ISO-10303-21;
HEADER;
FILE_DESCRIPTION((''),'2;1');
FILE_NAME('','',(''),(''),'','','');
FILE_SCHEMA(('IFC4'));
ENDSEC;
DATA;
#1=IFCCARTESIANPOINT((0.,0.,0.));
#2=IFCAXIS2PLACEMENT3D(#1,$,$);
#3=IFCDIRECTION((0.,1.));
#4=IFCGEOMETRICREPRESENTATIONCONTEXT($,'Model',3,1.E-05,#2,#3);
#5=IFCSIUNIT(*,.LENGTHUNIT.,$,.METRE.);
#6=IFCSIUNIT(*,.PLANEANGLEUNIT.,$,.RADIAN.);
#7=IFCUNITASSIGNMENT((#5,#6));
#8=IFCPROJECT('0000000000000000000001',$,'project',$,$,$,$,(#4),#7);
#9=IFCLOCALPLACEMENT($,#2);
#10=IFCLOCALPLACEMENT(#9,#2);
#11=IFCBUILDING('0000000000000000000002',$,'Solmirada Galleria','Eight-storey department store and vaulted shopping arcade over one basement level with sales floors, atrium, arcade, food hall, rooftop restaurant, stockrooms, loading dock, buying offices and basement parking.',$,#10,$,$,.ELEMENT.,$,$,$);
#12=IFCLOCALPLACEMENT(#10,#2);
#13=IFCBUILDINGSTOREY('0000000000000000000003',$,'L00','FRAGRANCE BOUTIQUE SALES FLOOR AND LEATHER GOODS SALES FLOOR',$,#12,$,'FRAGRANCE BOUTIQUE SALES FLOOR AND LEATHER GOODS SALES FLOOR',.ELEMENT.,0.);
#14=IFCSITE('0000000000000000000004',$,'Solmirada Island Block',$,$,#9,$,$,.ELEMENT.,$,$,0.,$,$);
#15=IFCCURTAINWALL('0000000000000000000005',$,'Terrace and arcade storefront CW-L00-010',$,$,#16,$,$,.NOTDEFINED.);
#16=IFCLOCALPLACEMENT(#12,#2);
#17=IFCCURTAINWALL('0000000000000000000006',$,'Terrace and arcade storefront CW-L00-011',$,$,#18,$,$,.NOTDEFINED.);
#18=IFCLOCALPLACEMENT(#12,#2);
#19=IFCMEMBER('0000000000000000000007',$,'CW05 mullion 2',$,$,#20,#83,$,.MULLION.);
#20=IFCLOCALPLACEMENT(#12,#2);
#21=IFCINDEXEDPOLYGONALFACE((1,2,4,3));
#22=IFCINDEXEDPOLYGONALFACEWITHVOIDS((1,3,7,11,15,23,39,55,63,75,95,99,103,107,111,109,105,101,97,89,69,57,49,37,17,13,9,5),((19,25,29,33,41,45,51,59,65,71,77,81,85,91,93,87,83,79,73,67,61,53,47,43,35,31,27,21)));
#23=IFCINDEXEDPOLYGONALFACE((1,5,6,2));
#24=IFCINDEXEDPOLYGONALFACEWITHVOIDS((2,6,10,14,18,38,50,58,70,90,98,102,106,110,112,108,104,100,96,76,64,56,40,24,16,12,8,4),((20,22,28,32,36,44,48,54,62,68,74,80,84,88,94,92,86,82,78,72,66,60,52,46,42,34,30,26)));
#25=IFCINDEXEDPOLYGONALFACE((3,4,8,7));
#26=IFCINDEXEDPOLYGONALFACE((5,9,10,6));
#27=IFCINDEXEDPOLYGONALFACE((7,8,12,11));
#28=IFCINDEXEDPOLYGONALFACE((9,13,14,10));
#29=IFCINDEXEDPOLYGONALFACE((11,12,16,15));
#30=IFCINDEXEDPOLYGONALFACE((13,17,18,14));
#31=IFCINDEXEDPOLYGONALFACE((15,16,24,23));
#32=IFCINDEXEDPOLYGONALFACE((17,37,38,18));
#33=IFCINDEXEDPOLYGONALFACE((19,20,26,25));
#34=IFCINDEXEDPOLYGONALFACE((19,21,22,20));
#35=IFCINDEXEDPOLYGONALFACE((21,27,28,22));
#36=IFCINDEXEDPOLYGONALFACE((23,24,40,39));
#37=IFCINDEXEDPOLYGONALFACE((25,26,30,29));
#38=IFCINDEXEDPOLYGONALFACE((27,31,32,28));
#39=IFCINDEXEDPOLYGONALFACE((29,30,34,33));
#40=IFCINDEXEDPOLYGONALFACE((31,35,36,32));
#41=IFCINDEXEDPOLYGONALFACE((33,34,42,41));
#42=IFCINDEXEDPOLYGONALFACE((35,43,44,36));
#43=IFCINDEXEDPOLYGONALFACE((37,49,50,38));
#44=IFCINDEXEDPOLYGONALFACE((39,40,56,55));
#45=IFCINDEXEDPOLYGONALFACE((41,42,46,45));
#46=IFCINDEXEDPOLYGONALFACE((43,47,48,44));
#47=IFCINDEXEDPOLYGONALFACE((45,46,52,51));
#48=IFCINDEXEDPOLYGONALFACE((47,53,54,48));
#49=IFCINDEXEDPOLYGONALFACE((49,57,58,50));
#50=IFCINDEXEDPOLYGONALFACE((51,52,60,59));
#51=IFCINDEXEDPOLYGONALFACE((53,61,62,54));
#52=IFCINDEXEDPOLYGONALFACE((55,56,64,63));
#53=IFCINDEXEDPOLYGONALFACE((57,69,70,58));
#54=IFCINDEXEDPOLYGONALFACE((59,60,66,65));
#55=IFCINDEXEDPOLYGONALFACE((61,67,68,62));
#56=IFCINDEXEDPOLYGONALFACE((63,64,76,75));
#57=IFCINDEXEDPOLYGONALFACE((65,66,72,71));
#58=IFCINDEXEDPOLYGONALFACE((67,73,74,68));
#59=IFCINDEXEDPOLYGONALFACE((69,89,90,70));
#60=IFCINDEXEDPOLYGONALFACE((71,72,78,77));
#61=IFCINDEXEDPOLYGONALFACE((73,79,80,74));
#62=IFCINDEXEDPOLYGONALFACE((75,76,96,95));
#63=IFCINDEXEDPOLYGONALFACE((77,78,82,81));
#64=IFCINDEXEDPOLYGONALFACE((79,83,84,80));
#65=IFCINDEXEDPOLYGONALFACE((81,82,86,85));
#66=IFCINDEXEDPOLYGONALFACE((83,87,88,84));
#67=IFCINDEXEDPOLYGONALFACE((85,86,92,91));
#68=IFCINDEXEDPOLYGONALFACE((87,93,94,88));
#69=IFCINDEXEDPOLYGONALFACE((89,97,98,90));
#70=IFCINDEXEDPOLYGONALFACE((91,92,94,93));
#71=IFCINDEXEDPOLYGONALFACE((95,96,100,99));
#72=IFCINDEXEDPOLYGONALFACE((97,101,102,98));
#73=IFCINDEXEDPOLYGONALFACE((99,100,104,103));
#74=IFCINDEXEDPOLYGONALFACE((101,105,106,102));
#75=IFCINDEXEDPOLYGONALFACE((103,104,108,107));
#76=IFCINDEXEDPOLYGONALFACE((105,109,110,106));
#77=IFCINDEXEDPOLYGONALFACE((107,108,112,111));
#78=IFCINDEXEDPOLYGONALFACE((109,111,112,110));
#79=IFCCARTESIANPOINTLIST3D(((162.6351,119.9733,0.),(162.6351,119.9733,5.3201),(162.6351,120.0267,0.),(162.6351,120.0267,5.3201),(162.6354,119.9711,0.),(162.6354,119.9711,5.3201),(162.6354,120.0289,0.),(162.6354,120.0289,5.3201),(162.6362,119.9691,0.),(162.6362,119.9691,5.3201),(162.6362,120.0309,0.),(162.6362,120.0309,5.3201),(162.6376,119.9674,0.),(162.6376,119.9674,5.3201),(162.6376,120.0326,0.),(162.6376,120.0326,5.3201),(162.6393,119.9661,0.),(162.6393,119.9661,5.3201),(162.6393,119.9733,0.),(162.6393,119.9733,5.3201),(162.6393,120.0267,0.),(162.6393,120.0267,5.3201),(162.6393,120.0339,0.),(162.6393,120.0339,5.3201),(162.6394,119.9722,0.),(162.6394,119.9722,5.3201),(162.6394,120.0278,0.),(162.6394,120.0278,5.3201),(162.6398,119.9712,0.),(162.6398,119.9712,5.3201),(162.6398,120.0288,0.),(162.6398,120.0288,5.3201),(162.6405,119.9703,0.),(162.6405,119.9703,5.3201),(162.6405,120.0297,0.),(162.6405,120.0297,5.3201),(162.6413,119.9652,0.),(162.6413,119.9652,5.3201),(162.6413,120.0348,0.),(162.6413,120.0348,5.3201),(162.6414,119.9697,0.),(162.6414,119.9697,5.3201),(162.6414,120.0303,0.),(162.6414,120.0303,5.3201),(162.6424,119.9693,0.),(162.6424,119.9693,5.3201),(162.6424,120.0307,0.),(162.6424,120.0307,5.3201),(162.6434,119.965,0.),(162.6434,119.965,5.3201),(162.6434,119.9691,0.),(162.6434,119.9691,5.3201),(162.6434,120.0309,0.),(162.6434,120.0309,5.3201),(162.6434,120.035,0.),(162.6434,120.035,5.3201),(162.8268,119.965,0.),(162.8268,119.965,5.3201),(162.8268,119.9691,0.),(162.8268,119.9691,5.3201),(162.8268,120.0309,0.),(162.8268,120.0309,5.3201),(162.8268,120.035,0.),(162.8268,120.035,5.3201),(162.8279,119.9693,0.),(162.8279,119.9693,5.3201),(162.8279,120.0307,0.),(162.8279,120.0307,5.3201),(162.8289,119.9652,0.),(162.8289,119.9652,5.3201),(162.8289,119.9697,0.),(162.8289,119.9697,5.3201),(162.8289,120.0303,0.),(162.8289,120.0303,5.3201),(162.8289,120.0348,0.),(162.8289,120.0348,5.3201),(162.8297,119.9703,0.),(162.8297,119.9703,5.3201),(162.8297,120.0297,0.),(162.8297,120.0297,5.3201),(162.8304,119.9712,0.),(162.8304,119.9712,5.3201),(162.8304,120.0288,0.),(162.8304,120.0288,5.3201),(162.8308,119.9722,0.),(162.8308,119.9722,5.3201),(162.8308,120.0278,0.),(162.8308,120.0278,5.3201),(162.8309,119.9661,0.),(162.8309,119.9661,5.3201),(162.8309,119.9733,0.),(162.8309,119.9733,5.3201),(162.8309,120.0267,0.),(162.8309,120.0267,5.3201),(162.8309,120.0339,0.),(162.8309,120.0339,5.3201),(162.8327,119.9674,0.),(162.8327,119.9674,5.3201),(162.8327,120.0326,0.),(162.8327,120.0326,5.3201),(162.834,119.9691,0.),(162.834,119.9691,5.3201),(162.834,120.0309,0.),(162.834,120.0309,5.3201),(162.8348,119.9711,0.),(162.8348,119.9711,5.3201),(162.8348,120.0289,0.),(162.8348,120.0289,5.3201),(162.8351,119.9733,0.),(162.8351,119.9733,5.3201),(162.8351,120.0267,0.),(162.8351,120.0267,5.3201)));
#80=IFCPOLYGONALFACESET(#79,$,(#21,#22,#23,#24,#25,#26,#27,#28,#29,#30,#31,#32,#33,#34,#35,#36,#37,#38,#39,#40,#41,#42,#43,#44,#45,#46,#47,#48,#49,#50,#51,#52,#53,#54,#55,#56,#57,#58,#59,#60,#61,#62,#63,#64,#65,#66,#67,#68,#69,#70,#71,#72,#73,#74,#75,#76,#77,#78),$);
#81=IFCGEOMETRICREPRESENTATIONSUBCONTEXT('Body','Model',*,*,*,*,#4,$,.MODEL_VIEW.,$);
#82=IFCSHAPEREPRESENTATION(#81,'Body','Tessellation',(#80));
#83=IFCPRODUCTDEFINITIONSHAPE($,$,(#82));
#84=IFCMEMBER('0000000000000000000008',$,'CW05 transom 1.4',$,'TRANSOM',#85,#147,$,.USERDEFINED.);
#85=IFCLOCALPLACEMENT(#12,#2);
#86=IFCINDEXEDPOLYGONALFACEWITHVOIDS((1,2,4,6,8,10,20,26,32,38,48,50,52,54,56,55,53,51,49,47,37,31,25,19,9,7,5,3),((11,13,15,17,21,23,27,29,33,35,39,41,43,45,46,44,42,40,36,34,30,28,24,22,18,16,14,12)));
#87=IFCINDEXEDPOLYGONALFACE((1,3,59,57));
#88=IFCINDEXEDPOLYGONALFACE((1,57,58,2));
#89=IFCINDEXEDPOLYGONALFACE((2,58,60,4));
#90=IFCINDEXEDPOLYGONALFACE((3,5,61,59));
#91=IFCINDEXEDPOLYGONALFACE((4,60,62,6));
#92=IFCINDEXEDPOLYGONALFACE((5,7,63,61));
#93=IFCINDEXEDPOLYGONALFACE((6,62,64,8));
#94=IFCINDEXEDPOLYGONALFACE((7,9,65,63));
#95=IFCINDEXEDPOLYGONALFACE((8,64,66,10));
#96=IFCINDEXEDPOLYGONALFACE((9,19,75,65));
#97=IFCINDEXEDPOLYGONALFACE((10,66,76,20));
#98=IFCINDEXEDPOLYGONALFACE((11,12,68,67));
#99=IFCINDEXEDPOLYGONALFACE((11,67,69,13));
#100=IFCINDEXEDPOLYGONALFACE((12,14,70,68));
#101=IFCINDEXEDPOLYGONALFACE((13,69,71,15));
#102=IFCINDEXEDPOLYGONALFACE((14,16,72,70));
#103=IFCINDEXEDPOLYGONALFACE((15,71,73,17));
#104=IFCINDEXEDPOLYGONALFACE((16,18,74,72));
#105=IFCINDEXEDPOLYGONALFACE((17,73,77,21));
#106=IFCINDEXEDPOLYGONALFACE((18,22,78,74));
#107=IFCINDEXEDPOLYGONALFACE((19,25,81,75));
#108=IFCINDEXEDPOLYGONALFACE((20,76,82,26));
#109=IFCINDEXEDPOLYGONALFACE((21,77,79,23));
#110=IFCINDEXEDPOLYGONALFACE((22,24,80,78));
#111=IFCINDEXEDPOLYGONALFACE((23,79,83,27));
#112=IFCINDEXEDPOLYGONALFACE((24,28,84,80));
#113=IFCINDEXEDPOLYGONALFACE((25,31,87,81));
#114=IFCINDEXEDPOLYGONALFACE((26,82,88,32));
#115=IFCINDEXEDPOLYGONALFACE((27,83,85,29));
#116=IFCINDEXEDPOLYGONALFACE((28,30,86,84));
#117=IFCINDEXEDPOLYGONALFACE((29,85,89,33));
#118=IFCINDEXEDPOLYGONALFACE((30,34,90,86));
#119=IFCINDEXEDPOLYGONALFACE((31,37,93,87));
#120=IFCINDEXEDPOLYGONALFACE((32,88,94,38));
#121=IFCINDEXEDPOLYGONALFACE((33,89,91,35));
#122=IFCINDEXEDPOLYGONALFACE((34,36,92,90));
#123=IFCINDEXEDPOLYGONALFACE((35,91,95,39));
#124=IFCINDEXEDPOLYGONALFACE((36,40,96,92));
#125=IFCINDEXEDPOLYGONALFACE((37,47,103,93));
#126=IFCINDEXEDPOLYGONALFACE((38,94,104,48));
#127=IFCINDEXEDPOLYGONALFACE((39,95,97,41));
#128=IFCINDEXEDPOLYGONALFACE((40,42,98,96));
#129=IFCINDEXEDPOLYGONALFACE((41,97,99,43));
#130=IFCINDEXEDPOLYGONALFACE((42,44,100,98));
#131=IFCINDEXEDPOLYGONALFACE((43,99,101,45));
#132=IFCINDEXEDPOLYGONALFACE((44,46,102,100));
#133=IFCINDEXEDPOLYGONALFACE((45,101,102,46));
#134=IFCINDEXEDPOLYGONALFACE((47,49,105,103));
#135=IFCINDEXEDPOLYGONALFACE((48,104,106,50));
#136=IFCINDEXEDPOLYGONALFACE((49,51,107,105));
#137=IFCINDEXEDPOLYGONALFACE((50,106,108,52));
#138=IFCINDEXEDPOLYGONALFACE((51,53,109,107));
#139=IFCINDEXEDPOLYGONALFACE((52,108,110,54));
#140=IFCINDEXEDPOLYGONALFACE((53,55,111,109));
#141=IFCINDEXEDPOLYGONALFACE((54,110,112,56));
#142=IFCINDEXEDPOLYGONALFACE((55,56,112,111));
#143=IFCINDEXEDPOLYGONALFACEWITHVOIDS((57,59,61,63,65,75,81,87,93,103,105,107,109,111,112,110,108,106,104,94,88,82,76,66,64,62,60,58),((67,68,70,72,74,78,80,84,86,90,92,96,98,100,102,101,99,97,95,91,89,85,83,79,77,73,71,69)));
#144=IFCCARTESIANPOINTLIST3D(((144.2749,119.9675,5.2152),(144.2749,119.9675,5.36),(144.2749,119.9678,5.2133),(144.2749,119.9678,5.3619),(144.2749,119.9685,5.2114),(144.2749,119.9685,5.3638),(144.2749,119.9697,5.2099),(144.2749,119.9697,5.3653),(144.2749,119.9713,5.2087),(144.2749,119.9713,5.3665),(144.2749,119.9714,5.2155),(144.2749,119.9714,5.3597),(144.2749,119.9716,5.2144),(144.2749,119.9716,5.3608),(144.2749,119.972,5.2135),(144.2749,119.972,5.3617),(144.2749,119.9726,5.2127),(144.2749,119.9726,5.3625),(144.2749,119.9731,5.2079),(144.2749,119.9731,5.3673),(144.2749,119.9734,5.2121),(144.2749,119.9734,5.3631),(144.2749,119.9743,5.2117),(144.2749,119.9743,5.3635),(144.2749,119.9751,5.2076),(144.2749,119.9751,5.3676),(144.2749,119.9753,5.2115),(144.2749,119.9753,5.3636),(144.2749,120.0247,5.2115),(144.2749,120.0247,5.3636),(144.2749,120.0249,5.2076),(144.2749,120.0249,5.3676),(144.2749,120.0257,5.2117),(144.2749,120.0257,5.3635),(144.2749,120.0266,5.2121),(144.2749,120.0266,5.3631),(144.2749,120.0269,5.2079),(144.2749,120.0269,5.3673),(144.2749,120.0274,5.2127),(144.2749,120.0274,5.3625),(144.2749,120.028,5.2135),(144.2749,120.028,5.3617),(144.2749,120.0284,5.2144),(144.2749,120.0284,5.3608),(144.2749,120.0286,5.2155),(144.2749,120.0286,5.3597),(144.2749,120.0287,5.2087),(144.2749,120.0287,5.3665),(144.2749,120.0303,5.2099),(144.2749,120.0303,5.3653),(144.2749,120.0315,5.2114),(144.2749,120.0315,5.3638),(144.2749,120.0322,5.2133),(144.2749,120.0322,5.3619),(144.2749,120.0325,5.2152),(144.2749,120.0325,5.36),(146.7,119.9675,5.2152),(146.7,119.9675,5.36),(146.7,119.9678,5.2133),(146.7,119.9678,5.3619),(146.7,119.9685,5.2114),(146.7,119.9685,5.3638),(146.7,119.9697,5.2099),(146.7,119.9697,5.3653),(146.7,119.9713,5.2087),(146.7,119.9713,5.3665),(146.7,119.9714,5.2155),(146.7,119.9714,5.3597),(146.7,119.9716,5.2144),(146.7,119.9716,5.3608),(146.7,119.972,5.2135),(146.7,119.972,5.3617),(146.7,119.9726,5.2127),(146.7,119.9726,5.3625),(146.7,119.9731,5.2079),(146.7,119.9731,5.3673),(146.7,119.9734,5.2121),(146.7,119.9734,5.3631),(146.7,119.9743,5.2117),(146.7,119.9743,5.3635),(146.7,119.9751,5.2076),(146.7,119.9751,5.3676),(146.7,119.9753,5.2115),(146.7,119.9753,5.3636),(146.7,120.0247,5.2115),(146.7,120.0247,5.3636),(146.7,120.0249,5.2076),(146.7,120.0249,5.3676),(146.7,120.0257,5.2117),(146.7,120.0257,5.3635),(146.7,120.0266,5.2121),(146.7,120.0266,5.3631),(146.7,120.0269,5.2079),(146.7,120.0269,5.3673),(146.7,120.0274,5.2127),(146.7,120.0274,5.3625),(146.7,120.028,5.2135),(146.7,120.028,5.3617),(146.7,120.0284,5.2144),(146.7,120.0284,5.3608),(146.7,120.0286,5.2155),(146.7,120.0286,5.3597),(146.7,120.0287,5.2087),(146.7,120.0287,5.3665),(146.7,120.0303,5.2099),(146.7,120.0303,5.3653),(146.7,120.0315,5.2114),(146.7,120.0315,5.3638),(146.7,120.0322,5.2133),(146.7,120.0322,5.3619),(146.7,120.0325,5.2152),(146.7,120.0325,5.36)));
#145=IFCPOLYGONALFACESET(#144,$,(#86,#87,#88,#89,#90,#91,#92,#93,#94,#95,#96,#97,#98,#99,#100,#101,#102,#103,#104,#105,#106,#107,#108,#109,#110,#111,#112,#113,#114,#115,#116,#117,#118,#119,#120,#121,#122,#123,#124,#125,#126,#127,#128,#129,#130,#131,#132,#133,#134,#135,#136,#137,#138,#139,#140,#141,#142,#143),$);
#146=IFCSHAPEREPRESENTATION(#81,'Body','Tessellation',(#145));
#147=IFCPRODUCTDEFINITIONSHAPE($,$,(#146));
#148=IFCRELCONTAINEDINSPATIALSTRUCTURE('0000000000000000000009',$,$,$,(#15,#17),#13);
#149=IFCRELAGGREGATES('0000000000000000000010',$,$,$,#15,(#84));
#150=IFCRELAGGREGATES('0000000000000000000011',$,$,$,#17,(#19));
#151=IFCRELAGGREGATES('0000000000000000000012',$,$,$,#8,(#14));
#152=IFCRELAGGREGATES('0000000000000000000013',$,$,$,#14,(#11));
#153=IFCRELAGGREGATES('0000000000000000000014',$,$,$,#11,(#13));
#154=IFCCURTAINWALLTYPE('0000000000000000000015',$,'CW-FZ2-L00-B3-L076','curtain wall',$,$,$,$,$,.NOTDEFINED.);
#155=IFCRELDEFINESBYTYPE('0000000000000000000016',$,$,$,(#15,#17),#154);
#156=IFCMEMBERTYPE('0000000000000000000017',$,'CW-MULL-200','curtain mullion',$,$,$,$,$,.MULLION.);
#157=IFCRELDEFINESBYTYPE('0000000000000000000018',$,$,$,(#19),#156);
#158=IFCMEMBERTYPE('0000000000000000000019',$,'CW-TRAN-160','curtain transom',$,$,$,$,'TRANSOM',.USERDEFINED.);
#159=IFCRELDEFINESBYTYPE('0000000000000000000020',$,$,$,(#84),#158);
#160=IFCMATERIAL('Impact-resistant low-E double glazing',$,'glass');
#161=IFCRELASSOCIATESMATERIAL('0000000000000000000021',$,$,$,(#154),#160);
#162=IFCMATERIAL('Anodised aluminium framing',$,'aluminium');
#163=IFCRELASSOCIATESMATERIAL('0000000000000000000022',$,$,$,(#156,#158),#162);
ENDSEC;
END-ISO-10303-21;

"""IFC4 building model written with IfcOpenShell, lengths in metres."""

from ifc_helpers import new_model, si_unit, direction, frame, origin, origin_2d, place, context, subcontext, project, spatial, hollow_rectangle, extrude, material, material_profile, profile_set, type_object, element, aggregate, save


model = new_model("IFC4")

# Units and contexts
model_context = context("Model", 3, precision=1e-05, world=origin(), true_north=direction((0.0, 1.0)))
body_context = subcontext(model_context, "Body", "Model", "MODEL_VIEW")
ifc_project = project(units=[si_unit("LENGTHUNIT", "METRE"), si_unit("PLANEANGLEUNIT", "RADIAN")], contexts=[model_context])

# Site, building, storey
site_placement = place(None, origin())
site = spatial("IfcSite", under=ifc_project, at=site_placement, Name="Solmirada Island Block", CompositionType="ELEMENT", RefElevation=0.0)
building_placement = place(site_placement, origin())
building = spatial("IfcBuilding", under=site, at=building_placement, Name="Solmirada Galleria", Description="Eight-storey department store and vaulted shopping arcade over one basement level with sales floors, atrium, arcade, food hall, rooftop restaurant, stockrooms, loading dock, buying offices and basement parking.", CompositionType="ELEMENT")
storey_placement = place(building_placement, origin())
storey = spatial("IfcBuildingStorey", under=building, at=storey_placement, Name="L00", Description="FRAGRANCE BOUTIQUE SALES FLOOR AND LEATHER GOODS SALES FLOOR", LongName="FRAGRANCE BOUTIQUE SALES FLOOR AND LEATHER GOODS SALES FLOOR", CompositionType="ELEMENT", Elevation=0.0)

# Curtain walls, member
ifc_material_1 = material(Name="Impact-resistant low-E double glazing", Category="glass")
curtain_wall_type = type_object("IfcCurtainWallType", Name="CW-FZ2-L00-B3-L076", Description="curtain wall", PredefinedType="NOTDEFINED", material=ifc_material_1)
curtain_wall_1_placement = place(storey_placement, origin())
curtain_wall_1 = element("IfcCurtainWall", 1, at=curtain_wall_1_placement, inside=storey, type_object=curtain_wall_type, Name="Terrace and arcade storefront CW-L00-010", PredefinedType="NOTDEFINED")
ifc_material_2 = material(Name="Anodised aluminium framing", Category="aluminium")
ifc_material_profile_1 = material_profile(ifc_material_2, hollow_rectangle(XDim=0.0701, YDim=0.2, WallThickness=0.0042, InnerFilletRadius=0.0042, OuterFilletRadius=0.0083, at=origin_2d()), Name="ALU-MULL-200X70")
ifc_profile_set_1 = profile_set([ifc_material_profile_1], Name="Anodised aluminium framing")
member_type_1 = type_object("IfcMemberType", Name="CW-MULL-200", Description="curtain mullion", PredefinedType="MULLION", material=ifc_profile_set_1)
curtain_wall_2_placement = place(storey_placement, origin())
curtain_wall_2 = element("IfcCurtainWall", 2, at=curtain_wall_2_placement, inside=storey, type_object=curtain_wall_type, Name="Terrace and arcade storefront CW-L00-011", PredefinedType="NOTDEFINED")
member_1_placement = place(storey_placement, frame((162.7351, 120.0, 0.0), z_axis=(0.0, 0.0, 1.0), x_axis=(0.0, 1.0, 0.0)))
member_1 = element("IfcMember", 3, at=member_1_placement, type_object=member_type_1, Name="CW05 mullion 2", PredefinedType="MULLION", context=body_context, shape_type="SweptSolid", body=[
    extrude(hollow_rectangle(XDim=0.0701, YDim=0.2, WallThickness=0.0042, InnerFilletRadius=0.0042, OuterFilletRadius=0.0083, at=origin_2d()), origin(), (0.0, 0.0, 1.0), 5.3201),
])

# Member
ifc_material_profile_2 = material_profile(ifc_material_2, hollow_rectangle(XDim=0.0649, YDim=0.1599, WallThickness=0.0039, InnerFilletRadius=0.0039, OuterFilletRadius=0.0076, at=origin_2d()), Name="ALU-TRAN-160X65")
ifc_profile_set_2 = profile_set([ifc_material_profile_2], Name="Anodised aluminium framing")
member_type_2 = type_object("IfcMemberType", Name="CW-TRAN-160", Description="curtain transom", ElementType="TRANSOM", PredefinedType="USERDEFINED", material=ifc_profile_set_2)
member_2_placement = place(storey_placement, frame((144.2749, 120.0, 5.2876), z_axis=(1.0, 0.0, 0.0), x_axis=(0.0, 1.0, 0.0)))
member_2 = element("IfcMember", 4, at=member_2_placement, type_object=member_type_2, Name="CW05 transom 1.4", ObjectType="TRANSOM", PredefinedType="USERDEFINED", context=body_context, shape_type="SweptSolid", body=[
    extrude(hollow_rectangle(XDim=0.0649, YDim=0.1599, WallThickness=0.0039, InnerFilletRadius=0.0039, OuterFilletRadius=0.0076, at=origin_2d()), origin(), (0.0, 0.0, 1.0), 2.425),
])

aggregate(curtain_wall_1, [member_2])
aggregate(curtain_wall_2, [member_1])

save(model, "model.ifc")
